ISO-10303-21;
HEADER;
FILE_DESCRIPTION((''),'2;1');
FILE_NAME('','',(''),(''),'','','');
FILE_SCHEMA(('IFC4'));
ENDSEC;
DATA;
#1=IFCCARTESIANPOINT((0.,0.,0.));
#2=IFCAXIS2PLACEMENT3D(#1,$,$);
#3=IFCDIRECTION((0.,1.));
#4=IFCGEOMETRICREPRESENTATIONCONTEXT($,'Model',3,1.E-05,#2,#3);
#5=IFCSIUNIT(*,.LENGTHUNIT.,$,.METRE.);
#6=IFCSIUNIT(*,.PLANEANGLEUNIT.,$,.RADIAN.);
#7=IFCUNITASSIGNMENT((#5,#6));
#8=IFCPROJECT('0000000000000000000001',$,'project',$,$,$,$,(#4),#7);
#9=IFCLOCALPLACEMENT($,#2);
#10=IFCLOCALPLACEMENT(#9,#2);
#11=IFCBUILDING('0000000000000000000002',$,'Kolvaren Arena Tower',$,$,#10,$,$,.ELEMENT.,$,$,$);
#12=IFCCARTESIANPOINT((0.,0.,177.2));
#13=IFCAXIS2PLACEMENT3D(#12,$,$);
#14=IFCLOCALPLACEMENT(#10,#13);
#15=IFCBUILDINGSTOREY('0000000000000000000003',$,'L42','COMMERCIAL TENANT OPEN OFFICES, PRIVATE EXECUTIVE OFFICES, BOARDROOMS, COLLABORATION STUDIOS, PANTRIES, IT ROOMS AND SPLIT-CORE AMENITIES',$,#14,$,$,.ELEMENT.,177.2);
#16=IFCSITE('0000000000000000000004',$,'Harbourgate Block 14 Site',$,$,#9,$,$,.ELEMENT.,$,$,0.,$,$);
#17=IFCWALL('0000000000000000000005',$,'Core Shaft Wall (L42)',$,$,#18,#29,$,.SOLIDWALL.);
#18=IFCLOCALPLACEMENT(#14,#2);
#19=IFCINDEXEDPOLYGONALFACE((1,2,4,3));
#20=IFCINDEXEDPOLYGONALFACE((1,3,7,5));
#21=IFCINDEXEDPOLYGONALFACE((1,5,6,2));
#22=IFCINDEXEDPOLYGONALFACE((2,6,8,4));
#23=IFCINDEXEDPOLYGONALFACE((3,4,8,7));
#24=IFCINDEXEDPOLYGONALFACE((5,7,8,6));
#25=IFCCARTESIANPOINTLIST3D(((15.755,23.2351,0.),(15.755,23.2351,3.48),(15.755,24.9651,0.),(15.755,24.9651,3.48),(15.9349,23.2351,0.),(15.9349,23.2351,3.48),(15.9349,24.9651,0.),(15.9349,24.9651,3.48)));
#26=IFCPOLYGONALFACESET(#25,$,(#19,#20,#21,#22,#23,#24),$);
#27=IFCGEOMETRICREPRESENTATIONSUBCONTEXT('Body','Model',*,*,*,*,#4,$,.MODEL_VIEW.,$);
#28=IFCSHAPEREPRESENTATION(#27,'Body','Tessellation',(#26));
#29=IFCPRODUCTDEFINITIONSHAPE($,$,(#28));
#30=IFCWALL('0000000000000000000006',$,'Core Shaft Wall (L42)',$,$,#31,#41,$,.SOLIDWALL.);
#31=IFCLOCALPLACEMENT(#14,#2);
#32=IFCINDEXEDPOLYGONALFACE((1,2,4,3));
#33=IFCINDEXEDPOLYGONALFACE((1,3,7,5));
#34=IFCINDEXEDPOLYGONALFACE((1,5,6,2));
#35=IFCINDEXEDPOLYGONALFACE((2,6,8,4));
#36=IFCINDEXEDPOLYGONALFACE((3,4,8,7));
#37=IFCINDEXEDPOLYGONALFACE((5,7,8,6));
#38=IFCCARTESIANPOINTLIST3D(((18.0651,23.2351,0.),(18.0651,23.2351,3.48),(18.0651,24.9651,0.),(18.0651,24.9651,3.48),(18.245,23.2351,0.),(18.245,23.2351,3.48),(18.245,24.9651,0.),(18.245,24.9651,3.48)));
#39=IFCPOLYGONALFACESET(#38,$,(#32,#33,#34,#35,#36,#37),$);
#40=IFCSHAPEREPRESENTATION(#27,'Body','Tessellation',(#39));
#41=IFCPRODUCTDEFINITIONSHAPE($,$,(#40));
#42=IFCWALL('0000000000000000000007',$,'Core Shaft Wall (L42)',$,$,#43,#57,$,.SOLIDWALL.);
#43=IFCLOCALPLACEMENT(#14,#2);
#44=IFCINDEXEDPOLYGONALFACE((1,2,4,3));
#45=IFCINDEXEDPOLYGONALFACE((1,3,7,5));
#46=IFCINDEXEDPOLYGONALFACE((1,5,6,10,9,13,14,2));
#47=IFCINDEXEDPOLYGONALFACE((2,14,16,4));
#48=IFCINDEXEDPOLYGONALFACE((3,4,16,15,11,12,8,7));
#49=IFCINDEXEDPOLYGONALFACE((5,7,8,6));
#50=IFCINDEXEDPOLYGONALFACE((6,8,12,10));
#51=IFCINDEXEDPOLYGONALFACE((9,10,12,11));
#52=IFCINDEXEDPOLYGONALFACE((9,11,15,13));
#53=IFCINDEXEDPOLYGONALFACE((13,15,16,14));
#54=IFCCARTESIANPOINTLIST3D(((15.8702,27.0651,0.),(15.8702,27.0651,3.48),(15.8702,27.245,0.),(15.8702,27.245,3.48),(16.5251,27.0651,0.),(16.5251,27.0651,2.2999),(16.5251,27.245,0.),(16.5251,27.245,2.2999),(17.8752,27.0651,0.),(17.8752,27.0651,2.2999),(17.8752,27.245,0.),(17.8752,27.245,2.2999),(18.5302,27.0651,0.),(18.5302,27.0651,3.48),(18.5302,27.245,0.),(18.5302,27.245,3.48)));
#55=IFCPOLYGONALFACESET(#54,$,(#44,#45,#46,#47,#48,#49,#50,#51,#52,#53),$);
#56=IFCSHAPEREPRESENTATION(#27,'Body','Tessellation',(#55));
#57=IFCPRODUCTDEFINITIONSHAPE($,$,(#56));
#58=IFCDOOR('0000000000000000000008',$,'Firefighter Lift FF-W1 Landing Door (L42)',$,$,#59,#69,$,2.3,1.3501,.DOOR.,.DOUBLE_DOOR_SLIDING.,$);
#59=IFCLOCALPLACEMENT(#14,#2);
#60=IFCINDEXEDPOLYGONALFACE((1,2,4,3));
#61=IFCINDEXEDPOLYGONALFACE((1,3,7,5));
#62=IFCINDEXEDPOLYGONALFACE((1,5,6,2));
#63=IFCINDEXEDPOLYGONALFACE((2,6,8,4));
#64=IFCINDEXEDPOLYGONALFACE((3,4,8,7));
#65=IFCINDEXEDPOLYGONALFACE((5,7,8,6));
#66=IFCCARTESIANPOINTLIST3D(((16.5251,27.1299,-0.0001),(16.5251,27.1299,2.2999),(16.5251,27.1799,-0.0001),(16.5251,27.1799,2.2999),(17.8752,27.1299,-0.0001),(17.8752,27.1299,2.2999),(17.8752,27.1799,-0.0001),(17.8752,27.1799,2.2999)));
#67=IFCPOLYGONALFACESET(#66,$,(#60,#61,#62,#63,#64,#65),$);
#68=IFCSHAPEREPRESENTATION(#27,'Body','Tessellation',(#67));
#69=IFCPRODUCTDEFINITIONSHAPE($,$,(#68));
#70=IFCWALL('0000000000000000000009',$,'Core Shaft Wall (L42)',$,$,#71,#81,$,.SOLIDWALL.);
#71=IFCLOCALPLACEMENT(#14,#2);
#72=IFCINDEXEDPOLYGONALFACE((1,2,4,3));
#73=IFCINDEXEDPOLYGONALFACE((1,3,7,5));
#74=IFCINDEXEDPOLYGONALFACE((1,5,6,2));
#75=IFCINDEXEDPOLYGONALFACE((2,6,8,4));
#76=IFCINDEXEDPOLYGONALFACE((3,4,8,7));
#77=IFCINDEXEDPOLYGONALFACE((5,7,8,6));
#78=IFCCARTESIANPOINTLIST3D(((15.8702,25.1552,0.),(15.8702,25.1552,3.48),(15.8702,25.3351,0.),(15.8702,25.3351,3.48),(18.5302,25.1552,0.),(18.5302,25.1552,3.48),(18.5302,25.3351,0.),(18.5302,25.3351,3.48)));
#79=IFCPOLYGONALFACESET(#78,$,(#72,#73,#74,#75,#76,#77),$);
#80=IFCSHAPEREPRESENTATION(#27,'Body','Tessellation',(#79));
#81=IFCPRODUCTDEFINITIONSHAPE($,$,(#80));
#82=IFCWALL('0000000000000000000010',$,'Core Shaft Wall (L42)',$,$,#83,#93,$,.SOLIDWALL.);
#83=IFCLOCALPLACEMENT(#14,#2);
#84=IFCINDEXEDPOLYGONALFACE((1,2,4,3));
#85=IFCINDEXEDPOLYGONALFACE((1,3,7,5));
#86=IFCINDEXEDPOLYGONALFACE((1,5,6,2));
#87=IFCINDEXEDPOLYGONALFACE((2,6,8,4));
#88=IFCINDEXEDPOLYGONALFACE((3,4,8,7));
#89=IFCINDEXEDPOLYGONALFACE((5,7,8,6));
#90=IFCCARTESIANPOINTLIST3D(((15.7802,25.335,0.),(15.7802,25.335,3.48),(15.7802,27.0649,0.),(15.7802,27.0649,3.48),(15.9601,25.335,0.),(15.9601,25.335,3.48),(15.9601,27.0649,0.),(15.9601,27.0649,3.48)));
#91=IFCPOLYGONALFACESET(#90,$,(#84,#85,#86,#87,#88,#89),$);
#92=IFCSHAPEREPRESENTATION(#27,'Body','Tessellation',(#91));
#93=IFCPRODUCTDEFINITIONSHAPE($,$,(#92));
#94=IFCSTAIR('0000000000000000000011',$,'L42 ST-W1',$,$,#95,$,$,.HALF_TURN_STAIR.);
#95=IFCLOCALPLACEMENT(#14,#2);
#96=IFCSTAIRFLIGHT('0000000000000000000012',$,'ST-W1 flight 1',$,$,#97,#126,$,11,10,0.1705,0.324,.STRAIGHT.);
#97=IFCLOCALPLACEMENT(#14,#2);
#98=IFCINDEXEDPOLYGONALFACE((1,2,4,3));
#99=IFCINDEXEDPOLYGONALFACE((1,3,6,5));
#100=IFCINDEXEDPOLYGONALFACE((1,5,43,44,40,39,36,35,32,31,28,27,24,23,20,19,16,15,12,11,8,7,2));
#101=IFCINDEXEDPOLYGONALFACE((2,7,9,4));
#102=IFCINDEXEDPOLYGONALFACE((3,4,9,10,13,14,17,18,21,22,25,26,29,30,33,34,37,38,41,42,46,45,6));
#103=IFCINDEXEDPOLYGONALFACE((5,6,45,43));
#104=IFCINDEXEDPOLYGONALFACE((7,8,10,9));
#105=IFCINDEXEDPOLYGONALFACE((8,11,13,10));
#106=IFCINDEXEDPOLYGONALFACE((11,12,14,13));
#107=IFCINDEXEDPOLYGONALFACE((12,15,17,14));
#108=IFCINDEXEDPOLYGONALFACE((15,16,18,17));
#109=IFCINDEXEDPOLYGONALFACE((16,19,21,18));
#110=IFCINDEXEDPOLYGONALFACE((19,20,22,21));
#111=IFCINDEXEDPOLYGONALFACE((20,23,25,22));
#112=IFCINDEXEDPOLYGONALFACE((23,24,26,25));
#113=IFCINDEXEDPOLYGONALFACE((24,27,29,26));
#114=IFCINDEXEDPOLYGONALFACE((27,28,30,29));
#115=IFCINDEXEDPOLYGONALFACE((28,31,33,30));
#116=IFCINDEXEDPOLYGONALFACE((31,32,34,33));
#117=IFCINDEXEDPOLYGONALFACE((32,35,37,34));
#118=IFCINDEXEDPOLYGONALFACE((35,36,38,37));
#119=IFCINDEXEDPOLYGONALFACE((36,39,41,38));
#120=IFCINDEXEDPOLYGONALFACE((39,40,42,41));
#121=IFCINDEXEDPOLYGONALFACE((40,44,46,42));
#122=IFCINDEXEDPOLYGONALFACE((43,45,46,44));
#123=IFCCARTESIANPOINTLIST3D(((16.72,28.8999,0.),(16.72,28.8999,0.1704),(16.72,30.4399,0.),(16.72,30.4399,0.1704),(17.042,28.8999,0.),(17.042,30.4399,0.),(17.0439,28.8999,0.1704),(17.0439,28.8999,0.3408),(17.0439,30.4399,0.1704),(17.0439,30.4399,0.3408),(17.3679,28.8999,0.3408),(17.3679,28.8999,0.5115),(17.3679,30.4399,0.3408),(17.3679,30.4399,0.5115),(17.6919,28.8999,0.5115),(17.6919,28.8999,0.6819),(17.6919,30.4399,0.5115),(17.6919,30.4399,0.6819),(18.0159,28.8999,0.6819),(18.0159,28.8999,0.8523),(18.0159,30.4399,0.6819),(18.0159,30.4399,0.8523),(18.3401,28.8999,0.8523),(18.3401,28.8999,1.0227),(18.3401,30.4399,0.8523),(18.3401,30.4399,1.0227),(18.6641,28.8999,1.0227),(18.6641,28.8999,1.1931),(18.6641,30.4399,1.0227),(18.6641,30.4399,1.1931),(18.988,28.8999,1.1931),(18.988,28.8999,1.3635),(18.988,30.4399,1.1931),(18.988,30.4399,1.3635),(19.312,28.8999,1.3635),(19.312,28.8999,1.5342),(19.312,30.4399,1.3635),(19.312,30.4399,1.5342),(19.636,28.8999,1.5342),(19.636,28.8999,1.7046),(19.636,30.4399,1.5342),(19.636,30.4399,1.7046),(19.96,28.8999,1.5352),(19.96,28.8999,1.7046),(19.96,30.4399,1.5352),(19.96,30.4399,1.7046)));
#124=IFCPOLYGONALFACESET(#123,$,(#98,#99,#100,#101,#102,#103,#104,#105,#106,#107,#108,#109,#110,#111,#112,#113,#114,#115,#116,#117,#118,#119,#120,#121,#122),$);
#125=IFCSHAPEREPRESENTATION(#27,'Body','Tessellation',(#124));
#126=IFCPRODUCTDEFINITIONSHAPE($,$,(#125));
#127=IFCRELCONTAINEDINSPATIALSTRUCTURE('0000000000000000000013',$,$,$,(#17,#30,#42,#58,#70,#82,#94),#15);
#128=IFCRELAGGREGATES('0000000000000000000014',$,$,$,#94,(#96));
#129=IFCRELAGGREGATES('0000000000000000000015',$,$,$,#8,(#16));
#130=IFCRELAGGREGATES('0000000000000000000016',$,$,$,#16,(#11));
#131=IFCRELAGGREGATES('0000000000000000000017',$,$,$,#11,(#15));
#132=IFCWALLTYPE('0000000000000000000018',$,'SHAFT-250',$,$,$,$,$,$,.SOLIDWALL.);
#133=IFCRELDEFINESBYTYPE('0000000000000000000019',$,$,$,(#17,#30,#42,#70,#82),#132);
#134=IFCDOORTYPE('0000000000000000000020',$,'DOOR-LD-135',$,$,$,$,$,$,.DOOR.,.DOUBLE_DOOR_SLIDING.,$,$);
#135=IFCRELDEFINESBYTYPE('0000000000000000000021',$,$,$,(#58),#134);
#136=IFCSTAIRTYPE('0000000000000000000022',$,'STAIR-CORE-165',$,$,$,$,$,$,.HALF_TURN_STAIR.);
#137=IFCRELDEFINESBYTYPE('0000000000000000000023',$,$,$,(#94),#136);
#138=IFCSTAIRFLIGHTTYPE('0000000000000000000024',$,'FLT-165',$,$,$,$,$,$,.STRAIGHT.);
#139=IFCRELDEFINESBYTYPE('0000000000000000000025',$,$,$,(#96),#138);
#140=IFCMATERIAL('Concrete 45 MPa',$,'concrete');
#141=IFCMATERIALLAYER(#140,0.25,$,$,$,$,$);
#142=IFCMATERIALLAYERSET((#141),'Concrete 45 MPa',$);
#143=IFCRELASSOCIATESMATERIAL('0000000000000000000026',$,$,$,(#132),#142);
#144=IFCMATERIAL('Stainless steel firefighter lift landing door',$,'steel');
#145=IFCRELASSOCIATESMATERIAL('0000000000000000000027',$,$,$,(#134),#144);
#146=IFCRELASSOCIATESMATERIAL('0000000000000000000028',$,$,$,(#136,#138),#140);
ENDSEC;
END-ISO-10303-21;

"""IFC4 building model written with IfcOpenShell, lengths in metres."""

from ifc_helpers import new_model, si_unit, direction, frame, frame_2d, origin, place, context, subcontext, project, spatial, polyline, rectangle, outline, extrude, material, layer, layer_set, type_object, element, fill, aggregate, save


model = new_model("IFC4")

# Units and contexts
model_context = context("Model", 3, precision=1e-05, world=origin(), true_north=direction((0.0, 1.0)))
body_context = subcontext(model_context, "Body", "Model", "MODEL_VIEW")
ifc_project = project(units=[si_unit("LENGTHUNIT", "METRE"), si_unit("PLANEANGLEUNIT", "RADIAN")], contexts=[model_context])

# Site, building, storey
site_placement = place(None, origin())
site = spatial("IfcSite", under=ifc_project, at=site_placement, Name="Harbourgate Block 14 Site", CompositionType="ELEMENT", RefElevation=0.0)
building_placement = place(site_placement, origin())
building = spatial("IfcBuilding", under=site, at=building_placement, Name="Kolvaren Arena Tower", CompositionType="ELEMENT")
storey_placement = place(building_placement, frame((0.0, 0.0, 177.2)))
storey = spatial("IfcBuildingStorey", under=building, at=storey_placement, Name="L42", Description="COMMERCIAL TENANT OPEN OFFICES, PRIVATE EXECUTIVE OFFICES, BOARDROOMS, COLLABORATION STUDIOS, PANTRIES, IT ROOMS AND SPLIT-CORE AMENITIES", CompositionType="ELEMENT", Elevation=177.2)

# Shared definitions
ifc_material_1 = material(Name="Concrete 45 MPa", Category="concrete")
ifc_layer = layer(ifc_material_1, 0.25)
ifc_layer_set = layer_set([ifc_layer], Name="Concrete 45 MPa")
wall_type = type_object("IfcWallType", Name="SHAFT-250", PredefinedType="SOLIDWALL", material=ifc_layer_set)

# Walls
for number, where, z_axis, x_axis, name in (
    (1, (15.845, 23.2351, 0.0), (0.0, 0.0, 1.0), (0.0, 1.0, 0.0), "Core Shaft Wall (L42)"),
    (2, (18.155, 23.2351, 0.0), (0.0, 0.0, 1.0), (0.0, 1.0, 0.0), "Core Shaft Wall (L42)"),
):
    element("IfcWall", number, at=place(storey_placement, frame(where, z_axis=z_axis, x_axis=x_axis)), inside=storey, type_object=wall_type, Name=name, PredefinedType="SOLIDWALL", context=body_context, shape_type="SweptSolid", body=[
        extrude(rectangle(XDim=1.73, YDim=0.1799, at=frame_2d((0.865, 0.0))), origin(), (0.0, 0.0, 1.0), 3.48),
    ])

# Wall, opening, door
wall_1_placement = place(storey_placement, frame((15.8701, 27.155, 0.0), z_axis=(0.0, 0.0, 1.0), x_axis=(1.0, 0.0, 0.0)))
wall_1 = element("IfcWall", 3, at=wall_1_placement, inside=storey, type_object=wall_type, Name="Core Shaft Wall (L42)", PredefinedType="SOLIDWALL", context=body_context, shape_type="SweptSolid", body=[
    extrude(rectangle(XDim=2.6599, YDim=0.1799, at=frame_2d((1.3301, 0.0))), origin(), (0.0, 0.0, 1.0), 3.48),
])
opening_1_placement = place(wall_1_placement, frame((0.655, 0.0, 0.0)))
opening_1 = element("IfcOpeningElement", 4, at=opening_1_placement, cuts=wall_1, PredefinedType="OPENING", context=body_context, shape_type="SweptSolid", body=[
    extrude(rectangle(XDim=1.3501, YDim=2.3, at=frame_2d((0.675, 1.1499))), frame((0.0, 0.0999, 0.0), z_axis=(0.0, -1.0, 0.0), x_axis=(1.0, 0.0, 0.0)), (0.0, 0.0, 1.0), 0.2),
])
ifc_material_2 = material(Name="Stainless steel firefighter lift landing door", Category="steel")
door_type_1 = type_object("IfcDoorType", Name="DOOR-LD-135", OperationType="DOUBLE_DOOR_SLIDING", PredefinedType="DOOR", material=ifc_material_2)
door_1_placement = place(opening_1_placement, origin())
door_1 = element("IfcDoor", 5, at=door_1_placement, inside=storey, type_object=door_type_1, Name="Firefighter Lift FF-W1 Landing Door (L42)", OperationType="DOUBLE_DOOR_SLIDING", OverallHeight=2.3, OverallWidth=1.3501, PredefinedType="DOOR", context=body_context, shape_type="SweptSolid", body=[
    extrude(rectangle(XDim=1.3501, YDim=2.3, at=frame_2d((0.675, 1.1499))), frame((0.0, 0.0249, 0.0), z_axis=(0.0, -1.0, 0.0), x_axis=(1.0, 0.0, 0.0)), (0.0, 0.0, 1.0), 0.05),
])
fill(opening_1, door_1)

# Walls
wall_2_placement = place(storey_placement, frame((15.8701, 25.2451, 0.0), z_axis=(0.0, 0.0, 1.0), x_axis=(1.0, 0.0, 0.0)))
element("IfcWall", 6, at=wall_2_placement, inside=storey, type_object=wall_type, Name="Core Shaft Wall (L42)", PredefinedType="SOLIDWALL", context=body_context, shape_type="SweptSolid", body=[
    extrude(rectangle(XDim=2.6599, YDim=0.1799, at=frame_2d((1.3301, 0.0))), origin(), (0.0, 0.0, 1.0), 3.48),
])
wall_3_placement = place(storey_placement, frame((15.8701, 25.335, 0.0), z_axis=(0.0, 0.0, 1.0), x_axis=(0.0, 1.0, 0.0)))
element("IfcWall", 7, at=wall_3_placement, inside=storey, type_object=wall_type, Name="Core Shaft Wall (L42)", PredefinedType="SOLIDWALL", context=body_context, shape_type="SweptSolid", body=[
    extrude(rectangle(XDim=1.73, YDim=0.1799, at=frame_2d((0.865, 0.0))), origin(), (0.0, 0.0, 1.0), 3.48),
])

# Stair, stair flight
stair_type = type_object("IfcStairType", Name="STAIR-CORE-165", PredefinedType="HALF_TURN_STAIR", material=ifc_material_1)
stair_placement = place(storey_placement, origin())
stair = element("IfcStair", 8, at=stair_placement, inside=storey, type_object=stair_type, Name="L42 ST-W1", PredefinedType="HALF_TURN_STAIR")
stair_flight_type = type_object("IfcStairFlightType", Name="FLT-165", PredefinedType="STRAIGHT", material=ifc_material_1)
stair_flight_placement = place(storey_placement, frame((16.72, 29.6699, 0.0), z_axis=(0.0, 0.0, 1.0), x_axis=(1.0, 0.0, 0.0)))
stair_flight = element("IfcStairFlight", 9, at=stair_flight_placement, type_object=stair_flight_type, Name="ST-W1 flight 1", NumberOfRisers=11, NumberOfTreads=10, PredefinedType="STRAIGHT", RiserHeight=0.1705, TreadLength=0.324, context=body_context, shape_type="SweptSolid", body=[
    extrude(outline(polyline([(0.0, 0.0), (0.0, 0.1704), (0.324, 0.1704), (0.324, 0.3408), (0.6479, 0.3408), (0.6479, 0.5115), (0.9719, 0.5115), (0.9719, 0.6819), (1.2959, 0.6819), (1.2959, 0.8523), (1.6201, 0.8523), (1.6201, 1.0227), (1.9441, 1.0227), (1.9441, 1.1931), (2.2681, 1.1931), (2.2681, 1.3635), (2.592, 1.3635), (2.592, 1.5342), (2.916, 1.5342), (2.916, 1.7046), (3.24, 1.7046), (3.24, 1.875), (3.24, 1.5352), (0.322, 0.0), (0.0, 0.0)])), frame((0.0, 0.77, 0.0), z_axis=(0.0, -1.0, 0.0), x_axis=(1.0, 0.0, 0.0)), (0.0, 0.0, 1.0), 1.54),
])
aggregate(stair, [stair_flight])

save(model, "model.ifc")
